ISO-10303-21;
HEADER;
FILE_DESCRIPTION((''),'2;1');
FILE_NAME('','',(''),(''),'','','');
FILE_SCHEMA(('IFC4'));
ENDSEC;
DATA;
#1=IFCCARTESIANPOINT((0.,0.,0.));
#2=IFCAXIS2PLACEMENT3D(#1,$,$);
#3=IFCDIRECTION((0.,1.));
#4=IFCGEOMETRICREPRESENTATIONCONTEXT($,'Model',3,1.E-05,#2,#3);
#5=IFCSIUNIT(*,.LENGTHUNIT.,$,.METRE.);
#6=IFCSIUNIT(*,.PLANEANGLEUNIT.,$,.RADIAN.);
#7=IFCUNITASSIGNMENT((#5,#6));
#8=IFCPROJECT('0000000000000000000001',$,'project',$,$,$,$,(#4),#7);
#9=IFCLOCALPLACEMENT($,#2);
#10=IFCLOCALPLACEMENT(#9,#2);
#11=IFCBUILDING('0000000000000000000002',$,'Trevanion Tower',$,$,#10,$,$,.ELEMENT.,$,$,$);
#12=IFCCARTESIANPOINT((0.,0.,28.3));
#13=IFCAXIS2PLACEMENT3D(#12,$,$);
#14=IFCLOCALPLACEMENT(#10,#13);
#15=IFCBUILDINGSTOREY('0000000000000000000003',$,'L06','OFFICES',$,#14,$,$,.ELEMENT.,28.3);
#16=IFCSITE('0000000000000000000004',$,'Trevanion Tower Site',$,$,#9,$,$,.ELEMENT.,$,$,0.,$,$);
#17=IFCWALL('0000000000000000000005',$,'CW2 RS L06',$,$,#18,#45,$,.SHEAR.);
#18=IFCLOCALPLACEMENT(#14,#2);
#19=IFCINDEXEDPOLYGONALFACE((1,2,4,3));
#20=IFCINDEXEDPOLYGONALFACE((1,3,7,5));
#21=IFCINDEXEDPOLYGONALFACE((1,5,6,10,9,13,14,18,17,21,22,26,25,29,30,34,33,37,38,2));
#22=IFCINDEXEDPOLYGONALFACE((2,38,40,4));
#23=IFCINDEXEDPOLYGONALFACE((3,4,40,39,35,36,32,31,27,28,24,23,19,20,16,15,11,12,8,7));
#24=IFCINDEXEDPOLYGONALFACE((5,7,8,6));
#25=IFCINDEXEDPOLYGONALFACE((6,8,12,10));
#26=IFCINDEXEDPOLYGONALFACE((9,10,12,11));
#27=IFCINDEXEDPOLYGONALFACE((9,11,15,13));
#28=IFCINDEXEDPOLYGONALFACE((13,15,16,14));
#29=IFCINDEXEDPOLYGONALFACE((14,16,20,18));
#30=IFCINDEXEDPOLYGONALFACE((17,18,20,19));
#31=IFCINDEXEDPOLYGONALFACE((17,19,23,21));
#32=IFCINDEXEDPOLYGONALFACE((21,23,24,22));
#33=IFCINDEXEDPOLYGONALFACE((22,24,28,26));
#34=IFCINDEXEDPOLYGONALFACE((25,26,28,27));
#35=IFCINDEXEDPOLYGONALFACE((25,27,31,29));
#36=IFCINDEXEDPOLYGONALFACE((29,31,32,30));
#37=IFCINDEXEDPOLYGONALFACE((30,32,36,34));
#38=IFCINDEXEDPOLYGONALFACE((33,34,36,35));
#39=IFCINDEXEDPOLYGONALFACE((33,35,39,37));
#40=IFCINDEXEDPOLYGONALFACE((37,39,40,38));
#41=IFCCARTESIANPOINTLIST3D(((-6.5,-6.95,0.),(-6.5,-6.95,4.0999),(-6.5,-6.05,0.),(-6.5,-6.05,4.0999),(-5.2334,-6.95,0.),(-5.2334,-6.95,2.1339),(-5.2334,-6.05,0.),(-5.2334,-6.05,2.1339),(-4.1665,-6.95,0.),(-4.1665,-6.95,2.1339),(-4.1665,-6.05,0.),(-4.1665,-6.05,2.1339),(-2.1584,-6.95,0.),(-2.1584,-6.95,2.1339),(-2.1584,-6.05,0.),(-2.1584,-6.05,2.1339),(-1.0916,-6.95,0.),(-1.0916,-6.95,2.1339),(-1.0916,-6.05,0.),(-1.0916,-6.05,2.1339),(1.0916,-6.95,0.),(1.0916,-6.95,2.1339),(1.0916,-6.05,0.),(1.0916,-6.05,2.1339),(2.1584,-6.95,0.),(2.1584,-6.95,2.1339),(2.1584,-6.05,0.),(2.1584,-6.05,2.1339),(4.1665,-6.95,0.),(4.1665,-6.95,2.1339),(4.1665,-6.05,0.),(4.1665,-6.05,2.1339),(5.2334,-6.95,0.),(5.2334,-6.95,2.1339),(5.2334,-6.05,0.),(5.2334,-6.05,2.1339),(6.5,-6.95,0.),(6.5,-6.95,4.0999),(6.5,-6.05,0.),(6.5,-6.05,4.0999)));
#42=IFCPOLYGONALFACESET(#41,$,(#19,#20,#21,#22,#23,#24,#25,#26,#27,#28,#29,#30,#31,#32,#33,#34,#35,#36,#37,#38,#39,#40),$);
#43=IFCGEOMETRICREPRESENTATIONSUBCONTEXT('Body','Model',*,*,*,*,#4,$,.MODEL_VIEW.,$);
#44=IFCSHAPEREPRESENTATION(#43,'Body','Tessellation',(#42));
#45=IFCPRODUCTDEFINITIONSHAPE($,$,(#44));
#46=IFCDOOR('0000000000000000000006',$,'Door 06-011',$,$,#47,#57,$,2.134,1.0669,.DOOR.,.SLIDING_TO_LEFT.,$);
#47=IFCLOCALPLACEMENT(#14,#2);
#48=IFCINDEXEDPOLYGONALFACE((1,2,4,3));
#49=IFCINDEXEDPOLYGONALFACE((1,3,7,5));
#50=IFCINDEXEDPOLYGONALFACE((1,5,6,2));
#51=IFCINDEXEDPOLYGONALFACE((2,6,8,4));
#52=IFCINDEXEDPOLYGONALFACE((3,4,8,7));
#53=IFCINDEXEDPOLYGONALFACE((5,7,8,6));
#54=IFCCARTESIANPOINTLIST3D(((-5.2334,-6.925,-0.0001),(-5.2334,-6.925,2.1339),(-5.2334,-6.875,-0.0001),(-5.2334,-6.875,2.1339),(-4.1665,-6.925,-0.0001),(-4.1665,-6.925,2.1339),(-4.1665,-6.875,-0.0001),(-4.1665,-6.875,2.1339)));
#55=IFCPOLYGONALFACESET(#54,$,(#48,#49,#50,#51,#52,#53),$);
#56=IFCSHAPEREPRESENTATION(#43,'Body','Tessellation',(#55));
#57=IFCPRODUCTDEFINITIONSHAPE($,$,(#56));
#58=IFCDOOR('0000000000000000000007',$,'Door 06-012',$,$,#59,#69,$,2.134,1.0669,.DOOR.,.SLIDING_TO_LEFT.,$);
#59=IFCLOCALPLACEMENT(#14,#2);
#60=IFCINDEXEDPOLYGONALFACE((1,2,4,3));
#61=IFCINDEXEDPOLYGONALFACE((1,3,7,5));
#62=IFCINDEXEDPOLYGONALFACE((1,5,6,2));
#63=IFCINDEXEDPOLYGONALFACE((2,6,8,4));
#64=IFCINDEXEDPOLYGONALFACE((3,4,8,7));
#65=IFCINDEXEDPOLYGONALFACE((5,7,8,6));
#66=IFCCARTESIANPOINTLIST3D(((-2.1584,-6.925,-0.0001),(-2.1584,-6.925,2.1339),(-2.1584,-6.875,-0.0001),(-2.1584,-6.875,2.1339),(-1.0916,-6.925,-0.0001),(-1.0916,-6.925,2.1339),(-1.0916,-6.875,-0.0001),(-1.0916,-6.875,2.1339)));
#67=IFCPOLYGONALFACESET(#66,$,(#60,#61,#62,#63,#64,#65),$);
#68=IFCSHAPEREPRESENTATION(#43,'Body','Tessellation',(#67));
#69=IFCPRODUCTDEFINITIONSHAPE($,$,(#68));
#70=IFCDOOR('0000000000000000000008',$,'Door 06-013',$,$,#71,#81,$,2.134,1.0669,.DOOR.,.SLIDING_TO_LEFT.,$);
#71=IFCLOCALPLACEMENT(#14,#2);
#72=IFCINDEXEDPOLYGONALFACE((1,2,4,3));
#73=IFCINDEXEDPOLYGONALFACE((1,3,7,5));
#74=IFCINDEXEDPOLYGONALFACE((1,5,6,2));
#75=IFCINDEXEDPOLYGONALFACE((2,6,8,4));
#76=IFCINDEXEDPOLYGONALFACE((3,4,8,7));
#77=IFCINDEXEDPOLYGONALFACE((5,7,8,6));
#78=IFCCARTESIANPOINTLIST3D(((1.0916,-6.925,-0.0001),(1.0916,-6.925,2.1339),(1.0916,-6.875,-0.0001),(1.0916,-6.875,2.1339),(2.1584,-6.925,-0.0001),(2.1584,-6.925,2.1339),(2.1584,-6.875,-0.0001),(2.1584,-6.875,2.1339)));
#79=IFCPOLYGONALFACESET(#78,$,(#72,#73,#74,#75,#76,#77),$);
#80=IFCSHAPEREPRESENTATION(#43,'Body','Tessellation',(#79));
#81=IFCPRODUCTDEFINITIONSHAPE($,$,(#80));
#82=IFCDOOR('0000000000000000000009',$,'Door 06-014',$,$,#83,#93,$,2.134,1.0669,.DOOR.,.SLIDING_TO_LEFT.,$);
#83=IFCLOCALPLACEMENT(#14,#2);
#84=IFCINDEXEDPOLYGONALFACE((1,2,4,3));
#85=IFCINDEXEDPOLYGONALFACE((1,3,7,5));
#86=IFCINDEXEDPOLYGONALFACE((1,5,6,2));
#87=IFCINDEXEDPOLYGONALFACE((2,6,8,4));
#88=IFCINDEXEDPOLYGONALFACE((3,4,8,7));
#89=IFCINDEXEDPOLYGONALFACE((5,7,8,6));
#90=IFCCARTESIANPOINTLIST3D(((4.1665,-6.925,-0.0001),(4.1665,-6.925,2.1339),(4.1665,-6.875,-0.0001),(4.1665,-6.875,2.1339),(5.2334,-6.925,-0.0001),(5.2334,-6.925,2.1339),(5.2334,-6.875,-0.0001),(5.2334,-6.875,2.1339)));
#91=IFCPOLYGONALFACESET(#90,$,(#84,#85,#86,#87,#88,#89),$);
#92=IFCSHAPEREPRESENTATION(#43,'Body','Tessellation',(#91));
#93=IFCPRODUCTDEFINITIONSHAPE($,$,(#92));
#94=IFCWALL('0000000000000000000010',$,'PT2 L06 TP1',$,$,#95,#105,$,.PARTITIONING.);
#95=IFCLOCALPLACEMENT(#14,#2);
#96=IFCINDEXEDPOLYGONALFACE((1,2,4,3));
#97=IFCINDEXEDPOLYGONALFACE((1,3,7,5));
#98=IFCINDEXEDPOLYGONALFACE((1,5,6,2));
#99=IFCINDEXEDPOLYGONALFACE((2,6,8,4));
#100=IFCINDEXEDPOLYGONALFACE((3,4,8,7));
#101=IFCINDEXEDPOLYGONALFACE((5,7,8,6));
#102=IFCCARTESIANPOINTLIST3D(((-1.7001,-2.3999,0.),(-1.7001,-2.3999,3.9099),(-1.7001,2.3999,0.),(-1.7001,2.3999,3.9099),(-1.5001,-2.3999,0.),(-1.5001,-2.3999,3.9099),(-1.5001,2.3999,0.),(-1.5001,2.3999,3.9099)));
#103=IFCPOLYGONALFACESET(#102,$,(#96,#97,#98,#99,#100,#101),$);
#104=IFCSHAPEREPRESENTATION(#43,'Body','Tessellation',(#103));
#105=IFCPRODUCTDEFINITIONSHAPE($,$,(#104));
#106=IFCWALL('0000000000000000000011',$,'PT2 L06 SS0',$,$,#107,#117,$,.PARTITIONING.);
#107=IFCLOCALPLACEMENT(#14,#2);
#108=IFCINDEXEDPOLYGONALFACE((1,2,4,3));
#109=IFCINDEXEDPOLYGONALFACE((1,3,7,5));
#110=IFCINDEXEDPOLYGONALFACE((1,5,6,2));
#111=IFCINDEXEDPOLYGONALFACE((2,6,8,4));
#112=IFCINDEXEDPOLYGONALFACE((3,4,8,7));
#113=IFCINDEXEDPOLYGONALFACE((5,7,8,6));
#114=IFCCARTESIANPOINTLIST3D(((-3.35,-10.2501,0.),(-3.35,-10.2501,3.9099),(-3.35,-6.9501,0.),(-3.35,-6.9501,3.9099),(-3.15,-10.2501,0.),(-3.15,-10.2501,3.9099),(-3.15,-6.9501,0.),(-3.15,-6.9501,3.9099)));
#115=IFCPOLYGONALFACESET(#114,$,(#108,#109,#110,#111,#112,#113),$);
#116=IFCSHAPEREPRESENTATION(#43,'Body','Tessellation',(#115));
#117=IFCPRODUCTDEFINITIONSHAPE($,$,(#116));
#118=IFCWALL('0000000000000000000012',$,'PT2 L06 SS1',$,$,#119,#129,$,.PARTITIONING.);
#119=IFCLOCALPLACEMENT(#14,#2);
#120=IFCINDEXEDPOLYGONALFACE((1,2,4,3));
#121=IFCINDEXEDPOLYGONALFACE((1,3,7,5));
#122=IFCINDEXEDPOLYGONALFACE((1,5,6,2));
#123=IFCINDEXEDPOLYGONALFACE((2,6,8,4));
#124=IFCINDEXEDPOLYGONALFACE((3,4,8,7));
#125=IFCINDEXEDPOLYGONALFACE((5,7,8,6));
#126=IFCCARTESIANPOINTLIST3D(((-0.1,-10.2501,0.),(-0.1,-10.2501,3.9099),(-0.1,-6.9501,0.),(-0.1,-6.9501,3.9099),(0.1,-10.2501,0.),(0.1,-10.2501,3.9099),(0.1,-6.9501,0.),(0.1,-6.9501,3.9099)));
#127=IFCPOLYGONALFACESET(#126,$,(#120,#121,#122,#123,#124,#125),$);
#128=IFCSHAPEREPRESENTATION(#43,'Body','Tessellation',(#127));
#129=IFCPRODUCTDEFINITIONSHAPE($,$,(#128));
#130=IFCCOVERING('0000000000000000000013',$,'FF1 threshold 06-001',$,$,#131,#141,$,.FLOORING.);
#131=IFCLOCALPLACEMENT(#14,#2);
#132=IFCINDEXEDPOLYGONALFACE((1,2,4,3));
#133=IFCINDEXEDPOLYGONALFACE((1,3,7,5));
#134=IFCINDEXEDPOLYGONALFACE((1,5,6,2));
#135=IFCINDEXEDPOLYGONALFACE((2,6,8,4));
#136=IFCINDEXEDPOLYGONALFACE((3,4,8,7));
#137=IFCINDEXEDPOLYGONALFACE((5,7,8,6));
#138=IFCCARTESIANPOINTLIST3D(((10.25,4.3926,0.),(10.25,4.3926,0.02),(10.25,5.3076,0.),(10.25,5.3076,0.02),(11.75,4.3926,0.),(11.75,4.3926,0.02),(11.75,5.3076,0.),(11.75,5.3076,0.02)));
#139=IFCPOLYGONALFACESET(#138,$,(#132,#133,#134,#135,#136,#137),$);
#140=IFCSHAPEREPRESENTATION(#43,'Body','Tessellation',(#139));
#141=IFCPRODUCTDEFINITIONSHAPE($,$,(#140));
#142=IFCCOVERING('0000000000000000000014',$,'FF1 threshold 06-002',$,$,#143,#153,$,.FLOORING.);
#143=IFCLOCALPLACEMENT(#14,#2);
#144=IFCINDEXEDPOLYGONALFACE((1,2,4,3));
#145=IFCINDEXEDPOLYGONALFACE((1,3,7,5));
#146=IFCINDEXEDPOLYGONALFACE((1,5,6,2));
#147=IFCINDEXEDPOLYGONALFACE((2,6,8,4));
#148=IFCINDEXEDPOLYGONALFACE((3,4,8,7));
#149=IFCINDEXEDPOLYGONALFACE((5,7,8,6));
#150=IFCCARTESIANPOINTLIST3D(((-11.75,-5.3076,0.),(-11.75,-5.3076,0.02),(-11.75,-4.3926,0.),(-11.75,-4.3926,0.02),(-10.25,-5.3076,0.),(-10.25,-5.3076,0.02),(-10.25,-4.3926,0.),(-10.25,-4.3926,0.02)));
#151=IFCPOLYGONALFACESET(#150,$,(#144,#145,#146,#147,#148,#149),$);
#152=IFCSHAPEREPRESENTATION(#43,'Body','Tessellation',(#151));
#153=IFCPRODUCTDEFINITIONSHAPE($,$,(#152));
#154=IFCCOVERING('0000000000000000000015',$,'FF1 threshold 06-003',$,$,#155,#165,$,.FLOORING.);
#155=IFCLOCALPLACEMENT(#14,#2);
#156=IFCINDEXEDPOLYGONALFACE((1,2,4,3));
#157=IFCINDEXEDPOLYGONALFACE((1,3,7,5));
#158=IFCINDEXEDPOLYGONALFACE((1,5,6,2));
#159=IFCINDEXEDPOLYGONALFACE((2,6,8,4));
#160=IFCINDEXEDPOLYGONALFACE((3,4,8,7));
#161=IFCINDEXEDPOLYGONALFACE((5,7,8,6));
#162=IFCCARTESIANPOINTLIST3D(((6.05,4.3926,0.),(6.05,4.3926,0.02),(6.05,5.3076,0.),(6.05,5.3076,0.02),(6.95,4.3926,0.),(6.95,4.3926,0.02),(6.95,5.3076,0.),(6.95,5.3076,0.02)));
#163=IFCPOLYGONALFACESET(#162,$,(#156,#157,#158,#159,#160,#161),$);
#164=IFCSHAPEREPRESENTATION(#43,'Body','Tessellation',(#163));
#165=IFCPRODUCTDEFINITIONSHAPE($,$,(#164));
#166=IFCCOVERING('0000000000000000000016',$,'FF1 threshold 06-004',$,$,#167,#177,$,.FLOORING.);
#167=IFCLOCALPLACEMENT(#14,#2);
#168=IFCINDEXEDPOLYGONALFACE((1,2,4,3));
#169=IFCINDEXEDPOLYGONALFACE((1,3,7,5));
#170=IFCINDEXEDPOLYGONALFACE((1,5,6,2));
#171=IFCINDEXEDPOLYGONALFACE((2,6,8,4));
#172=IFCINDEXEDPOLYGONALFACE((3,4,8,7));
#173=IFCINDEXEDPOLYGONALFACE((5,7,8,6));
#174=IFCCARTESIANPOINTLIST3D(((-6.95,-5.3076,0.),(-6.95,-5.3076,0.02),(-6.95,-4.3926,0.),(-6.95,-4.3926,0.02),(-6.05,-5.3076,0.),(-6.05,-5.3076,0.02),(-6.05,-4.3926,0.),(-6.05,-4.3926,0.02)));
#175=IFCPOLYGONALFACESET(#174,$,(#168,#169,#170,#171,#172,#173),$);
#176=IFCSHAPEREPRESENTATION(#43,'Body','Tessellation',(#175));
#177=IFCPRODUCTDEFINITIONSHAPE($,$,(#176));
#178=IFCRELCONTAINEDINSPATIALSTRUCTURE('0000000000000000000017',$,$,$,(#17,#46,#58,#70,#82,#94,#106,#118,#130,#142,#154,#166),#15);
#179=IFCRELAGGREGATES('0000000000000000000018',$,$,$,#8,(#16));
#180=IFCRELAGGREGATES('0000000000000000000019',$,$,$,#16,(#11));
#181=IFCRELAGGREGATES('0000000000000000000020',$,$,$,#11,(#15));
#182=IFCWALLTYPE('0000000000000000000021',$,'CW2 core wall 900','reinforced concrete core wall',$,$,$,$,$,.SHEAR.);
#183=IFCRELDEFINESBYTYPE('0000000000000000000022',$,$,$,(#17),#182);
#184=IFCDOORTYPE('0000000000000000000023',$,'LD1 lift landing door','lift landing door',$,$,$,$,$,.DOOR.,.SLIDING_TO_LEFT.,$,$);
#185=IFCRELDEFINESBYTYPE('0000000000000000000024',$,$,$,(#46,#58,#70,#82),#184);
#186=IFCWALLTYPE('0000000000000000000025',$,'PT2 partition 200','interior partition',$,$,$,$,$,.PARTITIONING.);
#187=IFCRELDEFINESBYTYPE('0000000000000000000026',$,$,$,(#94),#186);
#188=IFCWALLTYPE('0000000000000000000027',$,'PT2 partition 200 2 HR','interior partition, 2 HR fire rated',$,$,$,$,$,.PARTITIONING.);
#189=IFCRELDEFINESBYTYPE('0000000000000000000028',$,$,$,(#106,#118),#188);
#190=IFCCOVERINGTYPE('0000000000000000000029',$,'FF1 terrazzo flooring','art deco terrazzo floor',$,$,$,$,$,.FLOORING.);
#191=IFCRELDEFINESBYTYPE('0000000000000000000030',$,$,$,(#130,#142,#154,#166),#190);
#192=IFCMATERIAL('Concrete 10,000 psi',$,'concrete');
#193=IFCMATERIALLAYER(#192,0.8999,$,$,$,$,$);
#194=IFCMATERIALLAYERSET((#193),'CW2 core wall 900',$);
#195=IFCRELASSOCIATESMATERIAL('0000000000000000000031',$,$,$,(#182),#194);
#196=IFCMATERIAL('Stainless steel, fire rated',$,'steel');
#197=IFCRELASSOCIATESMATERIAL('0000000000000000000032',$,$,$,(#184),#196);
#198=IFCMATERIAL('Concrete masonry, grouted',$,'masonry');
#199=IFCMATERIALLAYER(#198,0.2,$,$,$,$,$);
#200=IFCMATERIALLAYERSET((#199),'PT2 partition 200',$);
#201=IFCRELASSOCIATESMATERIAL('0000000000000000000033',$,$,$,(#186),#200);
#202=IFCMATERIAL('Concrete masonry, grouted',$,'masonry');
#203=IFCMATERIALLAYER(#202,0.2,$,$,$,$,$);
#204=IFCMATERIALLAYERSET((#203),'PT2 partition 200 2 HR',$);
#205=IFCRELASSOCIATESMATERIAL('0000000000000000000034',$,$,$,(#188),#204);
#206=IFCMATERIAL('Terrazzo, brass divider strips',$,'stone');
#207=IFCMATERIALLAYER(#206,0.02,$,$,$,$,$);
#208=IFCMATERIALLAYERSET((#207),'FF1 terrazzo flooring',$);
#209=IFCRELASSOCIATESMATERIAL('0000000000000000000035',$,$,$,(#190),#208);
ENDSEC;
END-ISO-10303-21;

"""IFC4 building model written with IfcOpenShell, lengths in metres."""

from ifc_helpers import new_model, si_unit, direction, frame, frame_2d, origin, place, context, subcontext, project, spatial, polyline, rectangle, outline, extrude, material, layer, layer_set, type_object, element, fill, save


model = new_model("IFC4")

# Units and contexts
model_context = context("Model", 3, precision=1e-05, world=origin(), true_north=direction((0.0, 1.0)))
body_context = subcontext(model_context, "Body", "Model", "MODEL_VIEW")
ifc_project = project(units=[si_unit("LENGTHUNIT", "METRE"), si_unit("PLANEANGLEUNIT", "RADIAN")], contexts=[model_context])

# Site, building, storey
site_placement = place(None, origin())
site = spatial("IfcSite", under=ifc_project, at=site_placement, Name="Trevanion Tower Site", CompositionType="ELEMENT", RefElevation=0.0)
building_placement = place(site_placement, origin())
building = spatial("IfcBuilding", under=site, at=building_placement, Name="Trevanion Tower", CompositionType="ELEMENT")
storey_placement = place(building_placement, frame((0.0, 0.0, 28.3)))
storey = spatial("IfcBuildingStorey", under=building, at=storey_placement, Name="L06", Description="OFFICES", CompositionType="ELEMENT", Elevation=28.3)

# Shared definitions
ifc_material_1 = material(Name="Concrete 10,000 psi", Category="concrete")
ifc_layer_1 = layer(ifc_material_1, 0.8999)
ifc_layer_set_1 = layer_set([ifc_layer_1], Name="CW2 core wall 900")
wall_type_1 = type_object("IfcWallType", Name="CW2 core wall 900", Description="reinforced concrete core wall", PredefinedType="SHEAR", material=ifc_layer_set_1)

# Wall, openings, doors
wall_1_placement = place(storey_placement, frame((-6.5, -6.5, 0.0), z_axis=(0.0, 0.0, 1.0), x_axis=(1.0, 0.0, 0.0)))
wall_1 = element("IfcWall", 1, at=wall_1_placement, inside=storey, type_object=wall_type_1, Name="CW2 RS L06", PredefinedType="SHEAR", context=body_context, shape_type="SweptSolid", body=[
    extrude(rectangle(XDim=13.0, YDim=0.8999, at=frame_2d((6.5, 0.0))), origin(), (0.0, 0.0, 1.0), 4.0999),
])
opening_1_placement = place(wall_1_placement, frame((1.2666, 0.0, 0.0)))
opening_1 = element("IfcOpeningElement", 2, at=opening_1_placement, cuts=wall_1, PredefinedType="OPENING", context=body_context, shape_type="SweptSolid", body=[
    extrude(rectangle(XDim=1.0669, YDim=2.134, at=frame_2d((0.5334, 1.0669))), frame((0.0, 0.46, 0.0), z_axis=(0.0, -1.0, 0.0), x_axis=(1.0, 0.0, 0.0)), (0.0, 0.0, 1.0), 0.9199),
])
opening_2_placement = place(wall_1_placement, frame((4.3416, 0.0, 0.0)))
opening_2 = element("IfcOpeningElement", 3, at=opening_2_placement, cuts=wall_1, PredefinedType="OPENING", context=body_context, shape_type="SweptSolid", body=[
    extrude(rectangle(XDim=1.0669, YDim=2.134, at=frame_2d((0.5334, 1.0669))), frame((0.0, 0.46, 0.0), z_axis=(0.0, -1.0, 0.0), x_axis=(1.0, 0.0, 0.0)), (0.0, 0.0, 1.0), 0.9199),
])
opening_3_placement = place(wall_1_placement, frame((7.5916, 0.0, 0.0)))
opening_3 = element("IfcOpeningElement", 4, at=opening_3_placement, cuts=wall_1, PredefinedType="OPENING", context=body_context, shape_type="SweptSolid", body=[
    extrude(rectangle(XDim=1.0669, YDim=2.134, at=frame_2d((0.5334, 1.0669))), frame((0.0, 0.46, 0.0), z_axis=(0.0, -1.0, 0.0), x_axis=(1.0, 0.0, 0.0)), (0.0, 0.0, 1.0), 0.9199),
])
opening_4_placement = place(wall_1_placement, frame((10.6665, 0.0, 0.0)))
opening_4 = element("IfcOpeningElement", 5, at=opening_4_placement, cuts=wall_1, PredefinedType="OPENING", context=body_context, shape_type="SweptSolid", body=[
    extrude(rectangle(XDim=1.0669, YDim=2.134, at=frame_2d((0.5334, 1.0669))), frame((0.0, 0.46, 0.0), z_axis=(0.0, -1.0, 0.0), x_axis=(1.0, 0.0, 0.0)), (0.0, 0.0, 1.0), 0.9199),
])
ifc_material_2 = material(Name="Stainless steel, fire rated", Category="steel")
door_type = type_object("IfcDoorType", Name="LD1 lift landing door", Description="lift landing door", OperationType="SLIDING_TO_LEFT", PredefinedType="DOOR", material=ifc_material_2)
door_1_placement = place(opening_1_placement, origin())
door_1 = element("IfcDoor", 6, at=door_1_placement, inside=storey, type_object=door_type, Name="Door 06-011", OperationType="SLIDING_TO_LEFT", OverallHeight=2.134, OverallWidth=1.0669, PredefinedType="DOOR", context=body_context, shape_type="SweptSolid", body=[
    extrude(rectangle(XDim=1.0669, YDim=2.134, at=frame_2d((0.5334, 1.0669))), frame((0.0, -0.375, 0.0), z_axis=(0.0, -1.0, 0.0), x_axis=(1.0, 0.0, 0.0)), (0.0, 0.0, 1.0), 0.05),
])
fill(opening_1, door_1)
door_2_placement = place(opening_2_placement, origin())
door_2 = element("IfcDoor", 7, at=door_2_placement, inside=storey, type_object=door_type, Name="Door 06-012", OperationType="SLIDING_TO_LEFT", OverallHeight=2.134, OverallWidth=1.0669, PredefinedType="DOOR", context=body_context, shape_type="SweptSolid", body=[
    extrude(rectangle(XDim=1.0669, YDim=2.134, at=frame_2d((0.5334, 1.0669))), frame((0.0, -0.375, 0.0), z_axis=(0.0, -1.0, 0.0), x_axis=(1.0, 0.0, 0.0)), (0.0, 0.0, 1.0), 0.05),
])
fill(opening_2, door_2)
door_3_placement = place(opening_3_placement, origin())
door_3 = element("IfcDoor", 8, at=door_3_placement, inside=storey, type_object=door_type, Name="Door 06-013", OperationType="SLIDING_TO_LEFT", OverallHeight=2.134, OverallWidth=1.0669, PredefinedType="DOOR", context=body_context, shape_type="SweptSolid", body=[
    extrude(rectangle(XDim=1.0669, YDim=2.134, at=frame_2d((0.5334, 1.0669))), frame((0.0, -0.375, 0.0), z_axis=(0.0, -1.0, 0.0), x_axis=(1.0, 0.0, 0.0)), (0.0, 0.0, 1.0), 0.05),
])
fill(opening_3, door_3)
door_4_placement = place(opening_4_placement, origin())
door_4 = element("IfcDoor", 9, at=door_4_placement, inside=storey, type_object=door_type, Name="Door 06-014", OperationType="SLIDING_TO_LEFT", OverallHeight=2.134, OverallWidth=1.0669, PredefinedType="DOOR", context=body_context, shape_type="SweptSolid", body=[
    extrude(rectangle(XDim=1.0669, YDim=2.134, at=frame_2d((0.5334, 1.0669))), frame((0.0, -0.375, 0.0), z_axis=(0.0, -1.0, 0.0), x_axis=(1.0, 0.0, 0.0)), (0.0, 0.0, 1.0), 0.05),
])
fill(opening_4, door_4)

# Walls
ifc_material_3 = material(Name="Concrete masonry, grouted", Category="masonry")
ifc_layer_2 = layer(ifc_material_3, 0.2)
ifc_layer_set_2 = layer_set([ifc_layer_2], Name="PT2 partition 200")
wall_type_2 = type_object("IfcWallType", Name="PT2 partition 200", Description="interior partition", PredefinedType="PARTITIONING", material=ifc_layer_set_2)
wall_2_placement = place(storey_placement, frame((-1.6001, -2.3999, 0.0), z_axis=(0.0, 0.0, 1.0), x_axis=(0.0, 1.0, 0.0)))
element("IfcWall", 10, at=wall_2_placement, inside=storey, type_object=wall_type_2, Name="PT2 L06 TP1", PredefinedType="PARTITIONING", context=body_context, shape_type="SweptSolid", body=[
    extrude(rectangle(XDim=4.7998, YDim=0.2, at=frame_2d((2.3999, 0.0))), origin(), (0.0, 0.0, 1.0), 3.9099),
])
ifc_material_4 = material(Name="Concrete masonry, grouted", Category="masonry")
ifc_layer_3 = layer(ifc_material_4, 0.2)
ifc_layer_set_3 = layer_set([ifc_layer_3], Name="PT2 partition 200 2 HR")
wall_type_3 = type_object("IfcWallType", Name="PT2 partition 200 2 HR", Description="interior partition, 2 HR fire rated", PredefinedType="PARTITIONING", material=ifc_layer_set_3)
for number, where, z_axis, x_axis, name in (
    (11, (-3.25, -10.25, 0.0), (0.0, 0.0, 1.0), (0.0, 1.0, 0.0), "PT2 L06 SS0"),
    (12, (0.0, -10.25, 0.0), (0.0, 0.0, 1.0), (0.0, 1.0, 0.0), "PT2 L06 SS1"),
):
    element("IfcWall", number, at=place(storey_placement, frame(where, z_axis=z_axis, x_axis=x_axis)), inside=storey, type_object=wall_type_3, Name=name, PredefinedType="PARTITIONING", context=body_context, shape_type="SweptSolid", body=[
        extrude(rectangle(XDim=3.3, YDim=0.2, at=frame_2d((1.6499, 0.0))), origin(), (0.0, 0.0, 1.0), 3.9099),
    ])

# Coverings
ifc_material_5 = material(Name="Terrazzo, brass divider strips", Category="stone")
ifc_layer_4 = layer(ifc_material_5, 0.02)
ifc_layer_set_4 = layer_set([ifc_layer_4], Name="FF1 terrazzo flooring")
covering_type = type_object("IfcCoveringType", Name="FF1 terrazzo flooring", Description="art deco terrazzo floor", PredefinedType="FLOORING", material=ifc_layer_set_4)
covering_1_placement = place(storey_placement, origin())
element("IfcCovering", 13, at=covering_1_placement, inside=storey, type_object=covering_type, Name="FF1 threshold 06-001", PredefinedType="FLOORING", context=body_context, shape_type="SweptSolid", body=[
    extrude(outline(polyline([(11.75, 4.3926), (11.75, 5.3076), (10.25, 5.3076), (10.25, 4.3926), (11.75, 4.3926)])), origin(), (0.0, 0.0, 1.0), 0.02),
])
covering_2_placement = place(storey_placement, origin())
element("IfcCovering", 14, at=covering_2_placement, inside=storey, type_object=covering_type, Name="FF1 threshold 06-002", PredefinedType="FLOORING", context=body_context, shape_type="SweptSolid", body=[
    extrude(outline(polyline([(-11.75, -4.3926), (-11.75, -5.3076), (-10.25, -5.3076), (-10.25, -4.3926), (-11.75, -4.3926)])), origin(), (0.0, 0.0, 1.0), 0.02),
])
covering_3_placement = place(storey_placement, origin())
element("IfcCovering", 15, at=covering_3_placement, inside=storey, type_object=covering_type, Name="FF1 threshold 06-003", PredefinedType="FLOORING", context=body_context, shape_type="SweptSolid", body=[
    extrude(outline(polyline([(6.95, 4.3926), (6.95, 5.3076), (6.05, 5.3076), (6.05, 4.3926), (6.95, 4.3926)])), origin(), (0.0, 0.0, 1.0), 0.02),
])
covering_4_placement = place(storey_placement, origin())
element("IfcCovering", 16, at=covering_4_placement, inside=storey, type_object=covering_type, Name="FF1 threshold 06-004", PredefinedType="FLOORING", context=body_context, shape_type="SweptSolid", body=[
    extrude(outline(polyline([(-6.95, -4.3926), (-6.95, -5.3076), (-6.05, -5.3076), (-6.05, -4.3926), (-6.95, -4.3926)])), origin(), (0.0, 0.0, 1.0), 0.02),
])

save(model, "model.ifc")
